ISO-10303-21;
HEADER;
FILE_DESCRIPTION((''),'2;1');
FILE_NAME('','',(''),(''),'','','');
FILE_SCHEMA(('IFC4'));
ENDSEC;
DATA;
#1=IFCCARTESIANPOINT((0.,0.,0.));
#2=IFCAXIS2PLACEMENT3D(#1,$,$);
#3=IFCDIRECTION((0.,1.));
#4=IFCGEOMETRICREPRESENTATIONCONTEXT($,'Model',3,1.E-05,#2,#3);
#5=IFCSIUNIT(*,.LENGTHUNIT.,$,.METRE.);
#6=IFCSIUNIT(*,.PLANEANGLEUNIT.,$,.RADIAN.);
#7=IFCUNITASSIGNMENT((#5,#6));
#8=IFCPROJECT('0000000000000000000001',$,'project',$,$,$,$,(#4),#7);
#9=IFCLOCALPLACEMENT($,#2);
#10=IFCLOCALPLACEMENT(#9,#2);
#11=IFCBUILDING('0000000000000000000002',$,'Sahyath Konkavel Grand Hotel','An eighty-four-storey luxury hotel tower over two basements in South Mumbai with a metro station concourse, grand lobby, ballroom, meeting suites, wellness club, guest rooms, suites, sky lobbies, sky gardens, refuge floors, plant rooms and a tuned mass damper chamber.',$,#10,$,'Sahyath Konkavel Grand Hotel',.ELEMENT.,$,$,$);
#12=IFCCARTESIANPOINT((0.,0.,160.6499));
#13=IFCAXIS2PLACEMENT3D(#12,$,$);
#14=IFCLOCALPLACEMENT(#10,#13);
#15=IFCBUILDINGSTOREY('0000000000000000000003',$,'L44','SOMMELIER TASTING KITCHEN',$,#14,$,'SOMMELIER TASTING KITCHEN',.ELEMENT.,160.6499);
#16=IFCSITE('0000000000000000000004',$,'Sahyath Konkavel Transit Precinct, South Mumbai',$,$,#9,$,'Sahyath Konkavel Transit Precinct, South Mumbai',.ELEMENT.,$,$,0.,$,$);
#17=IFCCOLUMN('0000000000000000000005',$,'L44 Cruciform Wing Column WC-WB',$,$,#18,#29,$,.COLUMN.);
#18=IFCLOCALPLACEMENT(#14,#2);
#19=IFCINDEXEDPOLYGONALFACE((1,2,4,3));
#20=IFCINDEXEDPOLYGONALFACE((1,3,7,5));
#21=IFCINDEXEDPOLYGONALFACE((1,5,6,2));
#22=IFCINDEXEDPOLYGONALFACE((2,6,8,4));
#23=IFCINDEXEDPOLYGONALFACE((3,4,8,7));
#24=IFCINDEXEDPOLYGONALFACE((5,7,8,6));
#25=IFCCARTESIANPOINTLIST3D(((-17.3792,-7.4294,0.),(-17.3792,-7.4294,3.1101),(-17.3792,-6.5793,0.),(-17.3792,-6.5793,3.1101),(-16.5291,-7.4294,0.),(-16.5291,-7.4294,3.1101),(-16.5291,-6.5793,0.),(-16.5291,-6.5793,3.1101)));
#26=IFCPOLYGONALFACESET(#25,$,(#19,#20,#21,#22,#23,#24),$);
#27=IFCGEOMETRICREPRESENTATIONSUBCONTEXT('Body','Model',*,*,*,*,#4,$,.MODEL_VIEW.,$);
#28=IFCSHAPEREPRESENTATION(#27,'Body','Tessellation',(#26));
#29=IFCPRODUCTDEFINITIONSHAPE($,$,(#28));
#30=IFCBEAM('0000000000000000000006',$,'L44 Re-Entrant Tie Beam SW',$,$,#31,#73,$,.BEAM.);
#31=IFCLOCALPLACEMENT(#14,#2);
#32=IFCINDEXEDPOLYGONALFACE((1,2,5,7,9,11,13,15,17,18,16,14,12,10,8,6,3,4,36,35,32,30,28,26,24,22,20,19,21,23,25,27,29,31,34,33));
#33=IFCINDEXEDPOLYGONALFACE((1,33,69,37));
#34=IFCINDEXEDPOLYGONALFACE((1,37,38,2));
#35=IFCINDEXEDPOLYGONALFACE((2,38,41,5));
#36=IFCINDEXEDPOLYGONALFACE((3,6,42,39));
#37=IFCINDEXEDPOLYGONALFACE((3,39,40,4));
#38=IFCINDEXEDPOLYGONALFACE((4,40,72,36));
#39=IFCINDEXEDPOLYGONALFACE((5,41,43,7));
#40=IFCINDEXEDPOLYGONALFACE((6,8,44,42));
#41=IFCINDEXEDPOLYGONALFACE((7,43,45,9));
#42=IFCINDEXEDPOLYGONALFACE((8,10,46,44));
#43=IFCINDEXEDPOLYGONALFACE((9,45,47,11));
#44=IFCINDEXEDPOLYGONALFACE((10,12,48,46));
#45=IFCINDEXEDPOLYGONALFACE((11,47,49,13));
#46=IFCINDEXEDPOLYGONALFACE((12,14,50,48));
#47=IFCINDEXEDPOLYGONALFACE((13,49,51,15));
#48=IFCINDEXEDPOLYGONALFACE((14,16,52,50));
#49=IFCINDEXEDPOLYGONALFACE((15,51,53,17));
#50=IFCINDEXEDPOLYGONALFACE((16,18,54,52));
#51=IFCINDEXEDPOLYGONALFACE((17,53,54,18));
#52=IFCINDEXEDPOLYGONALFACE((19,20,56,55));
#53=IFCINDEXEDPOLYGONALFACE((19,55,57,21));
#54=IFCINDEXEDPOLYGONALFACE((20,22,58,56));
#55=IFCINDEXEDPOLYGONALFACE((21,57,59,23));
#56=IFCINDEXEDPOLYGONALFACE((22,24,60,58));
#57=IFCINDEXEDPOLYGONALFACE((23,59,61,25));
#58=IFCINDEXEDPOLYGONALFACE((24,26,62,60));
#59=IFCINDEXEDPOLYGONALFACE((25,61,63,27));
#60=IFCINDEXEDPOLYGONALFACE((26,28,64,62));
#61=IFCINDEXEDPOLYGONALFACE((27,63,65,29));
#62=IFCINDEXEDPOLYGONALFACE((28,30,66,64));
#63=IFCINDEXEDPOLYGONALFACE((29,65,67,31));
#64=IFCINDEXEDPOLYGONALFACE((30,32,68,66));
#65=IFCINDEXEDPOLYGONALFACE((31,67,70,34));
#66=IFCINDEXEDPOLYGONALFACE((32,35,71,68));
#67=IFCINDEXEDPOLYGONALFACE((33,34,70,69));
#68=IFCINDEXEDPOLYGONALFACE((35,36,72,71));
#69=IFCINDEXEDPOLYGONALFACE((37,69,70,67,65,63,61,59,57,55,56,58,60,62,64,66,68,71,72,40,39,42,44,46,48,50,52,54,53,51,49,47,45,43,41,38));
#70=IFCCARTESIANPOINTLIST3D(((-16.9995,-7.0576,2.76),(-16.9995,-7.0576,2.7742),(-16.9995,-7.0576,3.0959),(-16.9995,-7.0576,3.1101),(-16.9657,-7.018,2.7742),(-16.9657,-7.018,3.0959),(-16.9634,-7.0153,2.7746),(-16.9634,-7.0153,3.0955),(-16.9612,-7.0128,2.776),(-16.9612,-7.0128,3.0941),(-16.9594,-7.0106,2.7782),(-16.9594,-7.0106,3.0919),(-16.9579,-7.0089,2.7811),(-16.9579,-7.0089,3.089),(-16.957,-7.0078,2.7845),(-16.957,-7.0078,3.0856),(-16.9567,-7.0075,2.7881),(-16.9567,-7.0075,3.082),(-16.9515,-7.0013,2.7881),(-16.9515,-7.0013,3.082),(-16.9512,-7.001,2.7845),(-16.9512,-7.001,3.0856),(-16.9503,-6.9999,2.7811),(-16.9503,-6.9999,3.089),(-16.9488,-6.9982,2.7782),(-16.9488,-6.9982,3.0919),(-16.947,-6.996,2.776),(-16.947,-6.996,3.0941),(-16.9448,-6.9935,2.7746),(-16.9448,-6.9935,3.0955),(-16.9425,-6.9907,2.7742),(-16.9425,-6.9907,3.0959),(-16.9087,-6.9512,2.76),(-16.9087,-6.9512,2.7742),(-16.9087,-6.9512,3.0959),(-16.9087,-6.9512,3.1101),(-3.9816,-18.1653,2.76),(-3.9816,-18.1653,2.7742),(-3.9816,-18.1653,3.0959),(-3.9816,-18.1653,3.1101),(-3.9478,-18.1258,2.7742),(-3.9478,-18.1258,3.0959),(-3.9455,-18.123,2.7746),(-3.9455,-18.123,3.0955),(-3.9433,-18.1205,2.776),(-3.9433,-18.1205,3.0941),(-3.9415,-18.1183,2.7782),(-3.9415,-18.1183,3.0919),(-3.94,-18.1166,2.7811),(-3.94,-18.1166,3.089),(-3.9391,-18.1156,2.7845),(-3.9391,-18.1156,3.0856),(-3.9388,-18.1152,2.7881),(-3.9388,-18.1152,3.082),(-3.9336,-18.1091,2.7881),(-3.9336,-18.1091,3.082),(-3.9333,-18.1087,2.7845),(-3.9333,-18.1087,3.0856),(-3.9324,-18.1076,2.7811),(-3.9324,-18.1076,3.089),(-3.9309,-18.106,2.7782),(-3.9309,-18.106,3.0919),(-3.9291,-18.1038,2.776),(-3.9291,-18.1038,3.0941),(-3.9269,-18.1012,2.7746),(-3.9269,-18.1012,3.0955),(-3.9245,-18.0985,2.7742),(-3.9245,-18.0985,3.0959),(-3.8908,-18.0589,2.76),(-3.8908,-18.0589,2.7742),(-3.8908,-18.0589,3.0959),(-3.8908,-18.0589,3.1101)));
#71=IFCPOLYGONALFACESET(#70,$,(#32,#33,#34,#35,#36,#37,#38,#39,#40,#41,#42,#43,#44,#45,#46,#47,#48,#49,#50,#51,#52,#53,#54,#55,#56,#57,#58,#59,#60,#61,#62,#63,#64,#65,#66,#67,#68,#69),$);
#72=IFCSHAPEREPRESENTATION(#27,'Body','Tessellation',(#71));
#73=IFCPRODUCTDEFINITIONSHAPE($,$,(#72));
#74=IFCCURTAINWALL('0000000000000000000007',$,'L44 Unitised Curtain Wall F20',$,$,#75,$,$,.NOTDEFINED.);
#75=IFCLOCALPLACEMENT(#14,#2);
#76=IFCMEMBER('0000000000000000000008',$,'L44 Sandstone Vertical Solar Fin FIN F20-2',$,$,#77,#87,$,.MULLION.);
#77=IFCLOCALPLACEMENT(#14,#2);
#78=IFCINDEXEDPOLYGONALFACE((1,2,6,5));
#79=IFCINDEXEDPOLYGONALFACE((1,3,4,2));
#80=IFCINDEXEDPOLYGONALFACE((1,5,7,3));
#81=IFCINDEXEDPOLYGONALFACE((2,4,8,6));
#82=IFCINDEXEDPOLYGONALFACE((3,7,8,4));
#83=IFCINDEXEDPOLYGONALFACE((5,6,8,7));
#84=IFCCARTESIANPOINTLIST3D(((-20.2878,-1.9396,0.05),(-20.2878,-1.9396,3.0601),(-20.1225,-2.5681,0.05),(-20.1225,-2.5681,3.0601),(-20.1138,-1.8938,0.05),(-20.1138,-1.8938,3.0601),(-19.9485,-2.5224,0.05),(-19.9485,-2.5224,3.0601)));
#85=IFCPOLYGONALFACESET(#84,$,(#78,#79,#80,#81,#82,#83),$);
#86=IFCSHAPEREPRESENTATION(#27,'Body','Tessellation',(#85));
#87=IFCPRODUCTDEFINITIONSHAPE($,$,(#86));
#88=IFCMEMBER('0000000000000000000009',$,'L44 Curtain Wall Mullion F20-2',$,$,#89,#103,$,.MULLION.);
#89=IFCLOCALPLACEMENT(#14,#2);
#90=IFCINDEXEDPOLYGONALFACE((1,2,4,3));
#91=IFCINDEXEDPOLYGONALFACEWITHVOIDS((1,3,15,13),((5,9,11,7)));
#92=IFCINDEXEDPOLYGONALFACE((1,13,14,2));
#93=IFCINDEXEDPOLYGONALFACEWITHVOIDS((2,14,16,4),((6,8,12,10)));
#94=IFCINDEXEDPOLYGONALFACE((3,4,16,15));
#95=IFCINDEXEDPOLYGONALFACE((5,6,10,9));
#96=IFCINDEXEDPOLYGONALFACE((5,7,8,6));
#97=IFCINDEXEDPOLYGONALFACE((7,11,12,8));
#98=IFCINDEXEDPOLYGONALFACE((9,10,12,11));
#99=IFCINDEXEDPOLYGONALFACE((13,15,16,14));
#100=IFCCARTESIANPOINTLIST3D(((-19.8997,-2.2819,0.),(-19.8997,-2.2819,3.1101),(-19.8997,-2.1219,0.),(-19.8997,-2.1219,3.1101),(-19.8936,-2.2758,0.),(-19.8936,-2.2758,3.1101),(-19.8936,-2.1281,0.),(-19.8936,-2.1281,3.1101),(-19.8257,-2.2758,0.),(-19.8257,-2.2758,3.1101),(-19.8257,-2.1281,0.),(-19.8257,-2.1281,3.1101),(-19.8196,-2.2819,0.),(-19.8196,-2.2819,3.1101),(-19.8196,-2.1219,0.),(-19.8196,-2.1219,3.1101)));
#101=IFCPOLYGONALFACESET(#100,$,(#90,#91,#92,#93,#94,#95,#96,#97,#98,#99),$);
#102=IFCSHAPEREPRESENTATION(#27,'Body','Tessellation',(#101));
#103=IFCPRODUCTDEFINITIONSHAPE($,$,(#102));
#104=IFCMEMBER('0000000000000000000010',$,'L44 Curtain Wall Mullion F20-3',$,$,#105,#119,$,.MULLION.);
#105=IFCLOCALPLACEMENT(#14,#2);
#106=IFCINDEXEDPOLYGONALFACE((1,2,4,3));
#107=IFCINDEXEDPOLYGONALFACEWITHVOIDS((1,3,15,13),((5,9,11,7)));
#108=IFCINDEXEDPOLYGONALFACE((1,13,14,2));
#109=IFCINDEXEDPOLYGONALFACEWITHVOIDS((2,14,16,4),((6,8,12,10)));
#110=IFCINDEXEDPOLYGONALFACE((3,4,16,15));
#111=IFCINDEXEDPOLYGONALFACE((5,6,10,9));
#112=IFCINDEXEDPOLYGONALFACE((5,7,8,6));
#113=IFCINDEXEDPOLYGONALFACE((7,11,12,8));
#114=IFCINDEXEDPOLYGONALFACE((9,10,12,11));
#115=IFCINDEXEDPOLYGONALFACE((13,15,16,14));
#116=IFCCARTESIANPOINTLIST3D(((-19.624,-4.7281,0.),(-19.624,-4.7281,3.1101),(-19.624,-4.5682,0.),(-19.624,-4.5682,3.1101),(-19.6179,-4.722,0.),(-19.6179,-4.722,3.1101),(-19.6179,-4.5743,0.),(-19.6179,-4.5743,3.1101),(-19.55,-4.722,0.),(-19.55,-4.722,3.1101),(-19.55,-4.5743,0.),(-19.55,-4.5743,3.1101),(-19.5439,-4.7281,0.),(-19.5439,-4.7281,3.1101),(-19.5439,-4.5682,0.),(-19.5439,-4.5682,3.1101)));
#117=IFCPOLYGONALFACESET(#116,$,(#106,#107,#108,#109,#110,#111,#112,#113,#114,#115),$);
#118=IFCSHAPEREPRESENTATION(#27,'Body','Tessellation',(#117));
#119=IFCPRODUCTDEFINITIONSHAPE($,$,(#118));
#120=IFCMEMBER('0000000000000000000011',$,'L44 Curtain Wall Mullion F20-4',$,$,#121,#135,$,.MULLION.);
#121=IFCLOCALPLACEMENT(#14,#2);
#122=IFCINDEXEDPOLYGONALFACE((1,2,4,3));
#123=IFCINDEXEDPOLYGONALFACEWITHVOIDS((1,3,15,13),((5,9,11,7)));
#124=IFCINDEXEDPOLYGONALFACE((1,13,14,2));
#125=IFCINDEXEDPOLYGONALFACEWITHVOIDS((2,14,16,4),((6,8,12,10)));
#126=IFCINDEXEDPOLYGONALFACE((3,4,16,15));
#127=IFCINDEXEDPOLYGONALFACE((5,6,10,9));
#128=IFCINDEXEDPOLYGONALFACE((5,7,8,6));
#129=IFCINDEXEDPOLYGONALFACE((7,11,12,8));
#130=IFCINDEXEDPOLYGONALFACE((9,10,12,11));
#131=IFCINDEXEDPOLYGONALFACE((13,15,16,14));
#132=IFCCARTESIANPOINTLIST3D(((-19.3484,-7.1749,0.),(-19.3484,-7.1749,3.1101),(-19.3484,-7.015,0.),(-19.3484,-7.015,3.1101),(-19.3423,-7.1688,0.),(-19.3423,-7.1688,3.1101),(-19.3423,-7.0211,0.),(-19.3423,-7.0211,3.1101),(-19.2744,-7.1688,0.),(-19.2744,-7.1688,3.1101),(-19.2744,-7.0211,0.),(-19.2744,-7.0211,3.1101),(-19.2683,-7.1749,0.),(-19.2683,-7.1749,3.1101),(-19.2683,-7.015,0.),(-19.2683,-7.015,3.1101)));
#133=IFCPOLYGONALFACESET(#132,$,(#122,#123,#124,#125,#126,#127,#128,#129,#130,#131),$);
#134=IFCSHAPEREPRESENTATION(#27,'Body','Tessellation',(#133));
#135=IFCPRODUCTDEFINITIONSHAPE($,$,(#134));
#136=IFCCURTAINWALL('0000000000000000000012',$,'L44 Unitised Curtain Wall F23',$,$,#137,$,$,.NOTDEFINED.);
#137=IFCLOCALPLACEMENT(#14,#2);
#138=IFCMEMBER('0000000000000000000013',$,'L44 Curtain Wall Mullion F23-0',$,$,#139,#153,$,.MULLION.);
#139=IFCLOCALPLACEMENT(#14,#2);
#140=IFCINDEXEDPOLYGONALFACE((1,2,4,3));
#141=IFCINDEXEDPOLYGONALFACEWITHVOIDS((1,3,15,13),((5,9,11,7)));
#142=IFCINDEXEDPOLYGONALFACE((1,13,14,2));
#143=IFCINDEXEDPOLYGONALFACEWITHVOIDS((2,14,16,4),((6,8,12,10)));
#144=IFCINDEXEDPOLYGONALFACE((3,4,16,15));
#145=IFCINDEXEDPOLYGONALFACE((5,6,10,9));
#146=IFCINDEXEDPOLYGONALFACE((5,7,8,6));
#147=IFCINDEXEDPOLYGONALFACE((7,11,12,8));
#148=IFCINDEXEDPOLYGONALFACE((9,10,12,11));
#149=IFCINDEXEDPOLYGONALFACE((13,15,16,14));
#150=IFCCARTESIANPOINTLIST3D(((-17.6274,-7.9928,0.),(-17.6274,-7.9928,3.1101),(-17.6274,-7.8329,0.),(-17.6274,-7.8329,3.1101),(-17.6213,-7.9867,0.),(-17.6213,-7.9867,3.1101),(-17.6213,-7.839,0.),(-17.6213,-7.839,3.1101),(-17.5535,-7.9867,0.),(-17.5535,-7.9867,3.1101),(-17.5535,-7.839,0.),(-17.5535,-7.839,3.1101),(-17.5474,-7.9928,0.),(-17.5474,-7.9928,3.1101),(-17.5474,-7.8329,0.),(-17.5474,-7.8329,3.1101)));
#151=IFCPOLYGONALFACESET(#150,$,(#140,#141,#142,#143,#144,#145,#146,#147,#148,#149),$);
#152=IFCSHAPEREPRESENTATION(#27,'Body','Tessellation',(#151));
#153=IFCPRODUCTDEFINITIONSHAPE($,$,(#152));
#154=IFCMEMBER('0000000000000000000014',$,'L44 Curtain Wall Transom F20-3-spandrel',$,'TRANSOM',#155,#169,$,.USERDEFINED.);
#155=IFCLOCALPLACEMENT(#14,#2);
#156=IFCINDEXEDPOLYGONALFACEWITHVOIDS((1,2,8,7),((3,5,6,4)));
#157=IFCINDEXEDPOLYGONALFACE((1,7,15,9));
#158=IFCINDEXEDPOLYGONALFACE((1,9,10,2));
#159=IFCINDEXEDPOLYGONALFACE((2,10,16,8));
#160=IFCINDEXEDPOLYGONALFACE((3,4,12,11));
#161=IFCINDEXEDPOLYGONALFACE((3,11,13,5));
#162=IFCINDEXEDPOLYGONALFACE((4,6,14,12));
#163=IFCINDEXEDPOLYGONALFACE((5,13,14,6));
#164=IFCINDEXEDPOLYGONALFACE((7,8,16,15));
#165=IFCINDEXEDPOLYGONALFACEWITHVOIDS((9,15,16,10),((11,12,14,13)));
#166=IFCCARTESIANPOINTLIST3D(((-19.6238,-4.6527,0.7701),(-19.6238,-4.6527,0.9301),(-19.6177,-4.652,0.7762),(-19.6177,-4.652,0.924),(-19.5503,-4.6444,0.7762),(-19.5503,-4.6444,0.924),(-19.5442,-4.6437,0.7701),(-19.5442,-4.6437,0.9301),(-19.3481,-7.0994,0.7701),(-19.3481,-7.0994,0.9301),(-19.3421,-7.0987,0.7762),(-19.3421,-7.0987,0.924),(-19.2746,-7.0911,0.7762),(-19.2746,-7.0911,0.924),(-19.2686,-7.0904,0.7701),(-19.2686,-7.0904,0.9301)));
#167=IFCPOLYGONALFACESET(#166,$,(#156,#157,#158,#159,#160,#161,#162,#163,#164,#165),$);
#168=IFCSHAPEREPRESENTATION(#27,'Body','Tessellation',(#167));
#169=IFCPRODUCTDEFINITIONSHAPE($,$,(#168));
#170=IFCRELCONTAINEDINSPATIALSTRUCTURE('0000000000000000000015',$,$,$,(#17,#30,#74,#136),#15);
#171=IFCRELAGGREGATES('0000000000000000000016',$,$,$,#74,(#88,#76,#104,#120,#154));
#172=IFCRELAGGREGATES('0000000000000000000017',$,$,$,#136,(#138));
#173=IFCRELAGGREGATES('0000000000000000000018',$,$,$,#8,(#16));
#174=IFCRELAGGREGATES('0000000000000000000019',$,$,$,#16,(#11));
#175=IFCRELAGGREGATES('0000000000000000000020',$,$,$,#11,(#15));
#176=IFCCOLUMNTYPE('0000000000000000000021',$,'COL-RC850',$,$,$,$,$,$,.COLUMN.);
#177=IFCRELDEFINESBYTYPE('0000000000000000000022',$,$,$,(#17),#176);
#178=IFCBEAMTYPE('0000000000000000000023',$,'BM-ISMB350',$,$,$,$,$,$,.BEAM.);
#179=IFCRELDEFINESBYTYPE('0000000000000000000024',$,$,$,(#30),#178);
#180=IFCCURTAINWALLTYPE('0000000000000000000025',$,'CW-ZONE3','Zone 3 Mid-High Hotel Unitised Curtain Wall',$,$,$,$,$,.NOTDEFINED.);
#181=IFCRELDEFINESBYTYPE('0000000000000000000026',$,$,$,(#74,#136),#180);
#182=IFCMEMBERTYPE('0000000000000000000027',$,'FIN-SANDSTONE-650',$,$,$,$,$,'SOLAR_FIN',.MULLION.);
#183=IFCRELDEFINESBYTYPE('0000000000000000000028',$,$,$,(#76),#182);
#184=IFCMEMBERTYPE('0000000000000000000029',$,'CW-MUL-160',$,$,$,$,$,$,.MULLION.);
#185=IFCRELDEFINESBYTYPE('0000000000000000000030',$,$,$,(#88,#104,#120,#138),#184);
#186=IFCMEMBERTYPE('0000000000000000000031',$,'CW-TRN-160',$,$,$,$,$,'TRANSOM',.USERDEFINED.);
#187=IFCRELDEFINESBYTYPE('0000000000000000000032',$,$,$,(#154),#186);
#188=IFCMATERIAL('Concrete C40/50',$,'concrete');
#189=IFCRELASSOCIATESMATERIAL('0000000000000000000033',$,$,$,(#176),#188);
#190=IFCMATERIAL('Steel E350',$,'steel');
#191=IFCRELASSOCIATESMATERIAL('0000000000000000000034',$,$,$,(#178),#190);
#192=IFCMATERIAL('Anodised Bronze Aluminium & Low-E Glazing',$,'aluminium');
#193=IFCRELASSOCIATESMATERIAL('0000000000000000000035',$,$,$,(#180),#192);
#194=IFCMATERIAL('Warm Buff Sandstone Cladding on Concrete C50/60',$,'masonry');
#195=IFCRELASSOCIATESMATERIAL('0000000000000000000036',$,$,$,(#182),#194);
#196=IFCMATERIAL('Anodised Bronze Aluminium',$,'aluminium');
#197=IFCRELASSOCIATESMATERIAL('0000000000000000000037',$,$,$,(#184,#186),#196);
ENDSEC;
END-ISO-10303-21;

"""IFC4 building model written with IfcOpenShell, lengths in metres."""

from ifc_helpers import new_model, si_unit, direction, frame, origin, origin_2d, place, context, subcontext, project, spatial, rectangle, hollow_rectangle, i_section, extrude, source, transform, mapped, material, material_profile, profile_set, type_object, element, aggregate, save


model = new_model("IFC4")

# Units and contexts
model_context = context("Model", 3, precision=1e-05, world=origin(), true_north=direction((0.0, 1.0)))
body_context = subcontext(model_context, "Body", "Model", "MODEL_VIEW")
ifc_project = project(units=[si_unit("LENGTHUNIT", "METRE"), si_unit("PLANEANGLEUNIT", "RADIAN")], contexts=[model_context])

# Site, building, storey
site_placement = place(None, origin())
site = spatial("IfcSite", under=ifc_project, at=site_placement, Name="Sahyath Konkavel Transit Precinct, South Mumbai", LongName="Sahyath Konkavel Transit Precinct, South Mumbai", CompositionType="ELEMENT", RefElevation=0.0)
building_placement = place(site_placement, origin())
building = spatial("IfcBuilding", under=site, at=building_placement, Name="Sahyath Konkavel Grand Hotel", Description="An eighty-four-storey luxury hotel tower over two basements in South Mumbai with a metro station concourse, grand lobby, ballroom, meeting suites, wellness club, guest rooms, suites, sky lobbies, sky gardens, refuge floors, plant rooms and a tuned mass damper chamber.", LongName="Sahyath Konkavel Grand Hotel", CompositionType="ELEMENT")
storey_placement = place(building_placement, frame((0.0, 0.0, 160.6499)))
storey = spatial("IfcBuildingStorey", under=building, at=storey_placement, Name="L44", Description="SOMMELIER TASTING KITCHEN", LongName="SOMMELIER TASTING KITCHEN", CompositionType="ELEMENT", Elevation=160.6499)

# Column
ifc_material_1 = material(Name="Concrete C40/50", Category="concrete")
ifc_material_profile_1 = material_profile(ifc_material_1, rectangle(XDim=0.8501, YDim=0.8501, at=origin_2d()), Name="RC 850x850")
ifc_profile_set_1 = profile_set([ifc_material_profile_1], Name="Concrete C40/50")
column_type = type_object("IfcColumnType", Name="COL-RC850", PredefinedType="COLUMN", material=ifc_profile_set_1)
shared_shape_1 = source(origin(), body_context, "Body", "SweptSolid", [
    extrude(rectangle(XDim=0.8501, YDim=0.8501, at=origin_2d()), origin(), (0.0, 0.0, 1.0), 3.1101),
])
column_placement = place(storey_placement, frame((-16.9541, -7.0044, 0.0), z_axis=(0.0, 0.0, 1.0), x_axis=(1.0, 0.0, 0.0)))
element("IfcColumn", 1, at=column_placement, inside=storey, type_object=column_type, Name="L44 Cruciform Wing Column WC-WB", PredefinedType="COLUMN", context=body_context, shape_type="MappedRepresentation", body=[
    mapped(shared_shape_1, transform((0.0, 0.0, 0.0), scale=1.0)),
])

# Beam
ifc_material_2 = material(Name="Steel E350", Category="steel")
ifc_material_profile_2 = material_profile(ifc_material_2, i_section(OverallWidth=0.1399, OverallDepth=0.3501, WebThickness=0.0081, FlangeThickness=0.0142, FilletRadius=0.0139, at=origin_2d()), Name="ISMB 350")
ifc_profile_set_2 = profile_set([ifc_material_profile_2], Name="Steel E350")
beam_type = type_object("IfcBeamType", Name="BM-ISMB350", PredefinedType="BEAM", material=ifc_profile_set_2)
shared_shape_2 = source(origin(), body_context, "Body", "SweptSolid", [
    extrude(i_section(OverallWidth=0.1399, OverallDepth=0.3501, WebThickness=0.0081, FlangeThickness=0.0142, FilletRadius=0.0139, at=origin_2d()), origin(), (0.0, 0.0, 1.0), 17.1128),
])
beam_placement = place(storey_placement, frame((-16.9541, -7.0044, 2.9351), z_axis=(0.760712, -0.64909, 0.0), x_axis=(0.64909, 0.760712, 0.0)))
element("IfcBeam", 2, at=beam_placement, inside=storey, type_object=beam_type, Name="L44 Re-Entrant Tie Beam SW", PredefinedType="BEAM", context=body_context, shape_type="MappedRepresentation", body=[
    mapped(shared_shape_2, transform((0.0, 0.0, 0.0), scale=1.0)),
])

# Curtain wall, members
ifc_material_3 = material(Name="Anodised Bronze Aluminium & Low-E Glazing", Category="aluminium")
curtain_wall_type = type_object("IfcCurtainWallType", Name="CW-ZONE3", Description="Zone 3 Mid-High Hotel Unitised Curtain Wall", PredefinedType="NOTDEFINED", material=ifc_material_3)
curtain_wall_1_placement = place(storey_placement, origin())
curtain_wall_1 = element("IfcCurtainWall", 3, at=curtain_wall_1_placement, inside=storey, type_object=curtain_wall_type, Name="L44 Unitised Curtain Wall F20", PredefinedType="NOTDEFINED")
ifc_material_4 = material(Name="Warm Buff Sandstone Cladding on Concrete C50/60", Category="masonry")
ifc_material_profile_3 = material_profile(ifc_material_4, rectangle(XDim=0.1799, YDim=0.6499, at=origin_2d()), Name="FIN 180x650")
ifc_profile_set_3 = profile_set([ifc_material_profile_3], Name="Warm Buff Sandstone Cladding on Concrete C50/60")
member_type_1 = type_object("IfcMemberType", Name="FIN-SANDSTONE-650", ElementType="SOLAR_FIN", PredefinedType="MULLION", material=ifc_profile_set_3)
shared_shape_3 = source(origin(), body_context, "Body", "SweptSolid", [
    extrude(rectangle(XDim=0.1799, YDim=0.6499, at=origin_2d()), origin(), (0.0, 0.0, 1.0), 3.01),
])
member_1_placement = place(storey_placement, frame((-20.1182, -2.231, 0.05), z_axis=(0.0, 0.0, 1.0), x_axis=(0.967135, 0.254264, 0.0)))
member_1 = element("IfcMember", 4, at=member_1_placement, type_object=member_type_1, Name="L44 Sandstone Vertical Solar Fin FIN F20-2", PredefinedType="MULLION", context=body_context, shape_type="MappedRepresentation", body=[
    mapped(shared_shape_3, transform((0.0, 0.0, 0.0), scale=1.0)),
])
ifc_material_5 = material(Name="Anodised Bronze Aluminium", Category="aluminium")
ifc_material_profile_4 = material_profile(ifc_material_5, hollow_rectangle(XDim=0.0801, YDim=0.1599, WallThickness=0.0061, at=origin_2d()), Name="RHS 160x80x6")
ifc_profile_set_4 = profile_set([ifc_material_profile_4], Name="Anodised Bronze Aluminium")
member_type_2 = type_object("IfcMemberType", Name="CW-MUL-160", PredefinedType="MULLION", material=ifc_profile_set_4)
shared_shape_4 = source(origin(), body_context, "Body", "SweptSolid", [
    extrude(hollow_rectangle(XDim=0.0801, YDim=0.1599, WallThickness=0.0061, at=origin_2d()), origin(), (0.0, 0.0, 1.0), 3.1101),
])
member_2_placement = place(storey_placement, frame((-19.8596, -2.2019, 0.0), z_axis=(0.0, 0.0, 1.0), x_axis=(1.0, 0.0, 0.0)))
member_2 = element("IfcMember", 5, at=member_2_placement, type_object=member_type_2, Name="L44 Curtain Wall Mullion F20-2", PredefinedType="MULLION", context=body_context, shape_type="MappedRepresentation", body=[
    mapped(shared_shape_4, transform((0.0, 0.0, 0.0), scale=1.0)),
])
member_3_placement = place(storey_placement, frame((-19.584, -4.6482, 0.0), z_axis=(0.0, 0.0, 1.0), x_axis=(1.0, 0.0, 0.0)))
member_3 = element("IfcMember", 6, at=member_3_placement, type_object=member_type_2, Name="L44 Curtain Wall Mullion F20-3", PredefinedType="MULLION", context=body_context, shape_type="MappedRepresentation", body=[
    mapped(shared_shape_4, transform((0.0, 0.0, 0.0), scale=1.0)),
])
member_4_placement = place(storey_placement, frame((-19.3083, -7.095, 0.0), z_axis=(0.0, 0.0, 1.0), x_axis=(1.0, 0.0, 0.0)))
member_4 = element("IfcMember", 7, at=member_4_placement, type_object=member_type_2, Name="L44 Curtain Wall Mullion F20-4", PredefinedType="MULLION", context=body_context, shape_type="MappedRepresentation", body=[
    mapped(shared_shape_4, transform((0.0, 0.0, 0.0), scale=1.0)),
])

# Curtain wall, member
curtain_wall_2_placement = place(storey_placement, origin())
curtain_wall_2 = element("IfcCurtainWall", 8, at=curtain_wall_2_placement, inside=storey, type_object=curtain_wall_type, Name="L44 Unitised Curtain Wall F23", PredefinedType="NOTDEFINED")
member_5_placement = place(storey_placement, frame((-17.5874, -7.9128, 0.0), z_axis=(0.0, 0.0, 1.0), x_axis=(1.0, 0.0, 0.0)))
member_5 = element("IfcMember", 9, at=member_5_placement, type_object=member_type_2, Name="L44 Curtain Wall Mullion F23-0", PredefinedType="MULLION", context=body_context, shape_type="MappedRepresentation", body=[
    mapped(shared_shape_4, transform((0.0, 0.0, 0.0), scale=1.0)),
])

# Member
ifc_material_profile_5 = material_profile(ifc_material_5, hollow_rectangle(XDim=0.0801, YDim=0.1599, WallThickness=0.0061, at=origin_2d()), Name="RHS 160x80x6")
ifc_profile_set_5 = profile_set([ifc_material_profile_5], Name="Anodised Bronze Aluminium")
member_type_3 = type_object("IfcMemberType", Name="CW-TRN-160", ElementType="TRANSOM", PredefinedType="USERDEFINED", material=ifc_profile_set_5)
shared_shape_5 = source(origin(), body_context, "Body", "SweptSolid", [
    extrude(hollow_rectangle(XDim=0.0801, YDim=0.1599, WallThickness=0.0061, at=origin_2d()), origin(), (0.0, 0.0, 1.0), 2.4622),
])
member_6_placement = place(storey_placement, frame((-19.584, -4.6482, 0.8501), z_axis=(0.111944, -0.993715, 0.0), x_axis=(0.993715, 0.111944, 0.0)))
member_6 = element("IfcMember", 10, at=member_6_placement, type_object=member_type_3, Name="L44 Curtain Wall Transom F20-3-spandrel", ObjectType="TRANSOM", PredefinedType="USERDEFINED", context=body_context, shape_type="MappedRepresentation", body=[
    mapped(shared_shape_5, transform((0.0, 0.0, 0.0), scale=1.0)),
])

aggregate(curtain_wall_1, [member_2, member_1, member_3, member_4, member_6])
aggregate(curtain_wall_2, [member_5])

save(model, "model.ifc")
